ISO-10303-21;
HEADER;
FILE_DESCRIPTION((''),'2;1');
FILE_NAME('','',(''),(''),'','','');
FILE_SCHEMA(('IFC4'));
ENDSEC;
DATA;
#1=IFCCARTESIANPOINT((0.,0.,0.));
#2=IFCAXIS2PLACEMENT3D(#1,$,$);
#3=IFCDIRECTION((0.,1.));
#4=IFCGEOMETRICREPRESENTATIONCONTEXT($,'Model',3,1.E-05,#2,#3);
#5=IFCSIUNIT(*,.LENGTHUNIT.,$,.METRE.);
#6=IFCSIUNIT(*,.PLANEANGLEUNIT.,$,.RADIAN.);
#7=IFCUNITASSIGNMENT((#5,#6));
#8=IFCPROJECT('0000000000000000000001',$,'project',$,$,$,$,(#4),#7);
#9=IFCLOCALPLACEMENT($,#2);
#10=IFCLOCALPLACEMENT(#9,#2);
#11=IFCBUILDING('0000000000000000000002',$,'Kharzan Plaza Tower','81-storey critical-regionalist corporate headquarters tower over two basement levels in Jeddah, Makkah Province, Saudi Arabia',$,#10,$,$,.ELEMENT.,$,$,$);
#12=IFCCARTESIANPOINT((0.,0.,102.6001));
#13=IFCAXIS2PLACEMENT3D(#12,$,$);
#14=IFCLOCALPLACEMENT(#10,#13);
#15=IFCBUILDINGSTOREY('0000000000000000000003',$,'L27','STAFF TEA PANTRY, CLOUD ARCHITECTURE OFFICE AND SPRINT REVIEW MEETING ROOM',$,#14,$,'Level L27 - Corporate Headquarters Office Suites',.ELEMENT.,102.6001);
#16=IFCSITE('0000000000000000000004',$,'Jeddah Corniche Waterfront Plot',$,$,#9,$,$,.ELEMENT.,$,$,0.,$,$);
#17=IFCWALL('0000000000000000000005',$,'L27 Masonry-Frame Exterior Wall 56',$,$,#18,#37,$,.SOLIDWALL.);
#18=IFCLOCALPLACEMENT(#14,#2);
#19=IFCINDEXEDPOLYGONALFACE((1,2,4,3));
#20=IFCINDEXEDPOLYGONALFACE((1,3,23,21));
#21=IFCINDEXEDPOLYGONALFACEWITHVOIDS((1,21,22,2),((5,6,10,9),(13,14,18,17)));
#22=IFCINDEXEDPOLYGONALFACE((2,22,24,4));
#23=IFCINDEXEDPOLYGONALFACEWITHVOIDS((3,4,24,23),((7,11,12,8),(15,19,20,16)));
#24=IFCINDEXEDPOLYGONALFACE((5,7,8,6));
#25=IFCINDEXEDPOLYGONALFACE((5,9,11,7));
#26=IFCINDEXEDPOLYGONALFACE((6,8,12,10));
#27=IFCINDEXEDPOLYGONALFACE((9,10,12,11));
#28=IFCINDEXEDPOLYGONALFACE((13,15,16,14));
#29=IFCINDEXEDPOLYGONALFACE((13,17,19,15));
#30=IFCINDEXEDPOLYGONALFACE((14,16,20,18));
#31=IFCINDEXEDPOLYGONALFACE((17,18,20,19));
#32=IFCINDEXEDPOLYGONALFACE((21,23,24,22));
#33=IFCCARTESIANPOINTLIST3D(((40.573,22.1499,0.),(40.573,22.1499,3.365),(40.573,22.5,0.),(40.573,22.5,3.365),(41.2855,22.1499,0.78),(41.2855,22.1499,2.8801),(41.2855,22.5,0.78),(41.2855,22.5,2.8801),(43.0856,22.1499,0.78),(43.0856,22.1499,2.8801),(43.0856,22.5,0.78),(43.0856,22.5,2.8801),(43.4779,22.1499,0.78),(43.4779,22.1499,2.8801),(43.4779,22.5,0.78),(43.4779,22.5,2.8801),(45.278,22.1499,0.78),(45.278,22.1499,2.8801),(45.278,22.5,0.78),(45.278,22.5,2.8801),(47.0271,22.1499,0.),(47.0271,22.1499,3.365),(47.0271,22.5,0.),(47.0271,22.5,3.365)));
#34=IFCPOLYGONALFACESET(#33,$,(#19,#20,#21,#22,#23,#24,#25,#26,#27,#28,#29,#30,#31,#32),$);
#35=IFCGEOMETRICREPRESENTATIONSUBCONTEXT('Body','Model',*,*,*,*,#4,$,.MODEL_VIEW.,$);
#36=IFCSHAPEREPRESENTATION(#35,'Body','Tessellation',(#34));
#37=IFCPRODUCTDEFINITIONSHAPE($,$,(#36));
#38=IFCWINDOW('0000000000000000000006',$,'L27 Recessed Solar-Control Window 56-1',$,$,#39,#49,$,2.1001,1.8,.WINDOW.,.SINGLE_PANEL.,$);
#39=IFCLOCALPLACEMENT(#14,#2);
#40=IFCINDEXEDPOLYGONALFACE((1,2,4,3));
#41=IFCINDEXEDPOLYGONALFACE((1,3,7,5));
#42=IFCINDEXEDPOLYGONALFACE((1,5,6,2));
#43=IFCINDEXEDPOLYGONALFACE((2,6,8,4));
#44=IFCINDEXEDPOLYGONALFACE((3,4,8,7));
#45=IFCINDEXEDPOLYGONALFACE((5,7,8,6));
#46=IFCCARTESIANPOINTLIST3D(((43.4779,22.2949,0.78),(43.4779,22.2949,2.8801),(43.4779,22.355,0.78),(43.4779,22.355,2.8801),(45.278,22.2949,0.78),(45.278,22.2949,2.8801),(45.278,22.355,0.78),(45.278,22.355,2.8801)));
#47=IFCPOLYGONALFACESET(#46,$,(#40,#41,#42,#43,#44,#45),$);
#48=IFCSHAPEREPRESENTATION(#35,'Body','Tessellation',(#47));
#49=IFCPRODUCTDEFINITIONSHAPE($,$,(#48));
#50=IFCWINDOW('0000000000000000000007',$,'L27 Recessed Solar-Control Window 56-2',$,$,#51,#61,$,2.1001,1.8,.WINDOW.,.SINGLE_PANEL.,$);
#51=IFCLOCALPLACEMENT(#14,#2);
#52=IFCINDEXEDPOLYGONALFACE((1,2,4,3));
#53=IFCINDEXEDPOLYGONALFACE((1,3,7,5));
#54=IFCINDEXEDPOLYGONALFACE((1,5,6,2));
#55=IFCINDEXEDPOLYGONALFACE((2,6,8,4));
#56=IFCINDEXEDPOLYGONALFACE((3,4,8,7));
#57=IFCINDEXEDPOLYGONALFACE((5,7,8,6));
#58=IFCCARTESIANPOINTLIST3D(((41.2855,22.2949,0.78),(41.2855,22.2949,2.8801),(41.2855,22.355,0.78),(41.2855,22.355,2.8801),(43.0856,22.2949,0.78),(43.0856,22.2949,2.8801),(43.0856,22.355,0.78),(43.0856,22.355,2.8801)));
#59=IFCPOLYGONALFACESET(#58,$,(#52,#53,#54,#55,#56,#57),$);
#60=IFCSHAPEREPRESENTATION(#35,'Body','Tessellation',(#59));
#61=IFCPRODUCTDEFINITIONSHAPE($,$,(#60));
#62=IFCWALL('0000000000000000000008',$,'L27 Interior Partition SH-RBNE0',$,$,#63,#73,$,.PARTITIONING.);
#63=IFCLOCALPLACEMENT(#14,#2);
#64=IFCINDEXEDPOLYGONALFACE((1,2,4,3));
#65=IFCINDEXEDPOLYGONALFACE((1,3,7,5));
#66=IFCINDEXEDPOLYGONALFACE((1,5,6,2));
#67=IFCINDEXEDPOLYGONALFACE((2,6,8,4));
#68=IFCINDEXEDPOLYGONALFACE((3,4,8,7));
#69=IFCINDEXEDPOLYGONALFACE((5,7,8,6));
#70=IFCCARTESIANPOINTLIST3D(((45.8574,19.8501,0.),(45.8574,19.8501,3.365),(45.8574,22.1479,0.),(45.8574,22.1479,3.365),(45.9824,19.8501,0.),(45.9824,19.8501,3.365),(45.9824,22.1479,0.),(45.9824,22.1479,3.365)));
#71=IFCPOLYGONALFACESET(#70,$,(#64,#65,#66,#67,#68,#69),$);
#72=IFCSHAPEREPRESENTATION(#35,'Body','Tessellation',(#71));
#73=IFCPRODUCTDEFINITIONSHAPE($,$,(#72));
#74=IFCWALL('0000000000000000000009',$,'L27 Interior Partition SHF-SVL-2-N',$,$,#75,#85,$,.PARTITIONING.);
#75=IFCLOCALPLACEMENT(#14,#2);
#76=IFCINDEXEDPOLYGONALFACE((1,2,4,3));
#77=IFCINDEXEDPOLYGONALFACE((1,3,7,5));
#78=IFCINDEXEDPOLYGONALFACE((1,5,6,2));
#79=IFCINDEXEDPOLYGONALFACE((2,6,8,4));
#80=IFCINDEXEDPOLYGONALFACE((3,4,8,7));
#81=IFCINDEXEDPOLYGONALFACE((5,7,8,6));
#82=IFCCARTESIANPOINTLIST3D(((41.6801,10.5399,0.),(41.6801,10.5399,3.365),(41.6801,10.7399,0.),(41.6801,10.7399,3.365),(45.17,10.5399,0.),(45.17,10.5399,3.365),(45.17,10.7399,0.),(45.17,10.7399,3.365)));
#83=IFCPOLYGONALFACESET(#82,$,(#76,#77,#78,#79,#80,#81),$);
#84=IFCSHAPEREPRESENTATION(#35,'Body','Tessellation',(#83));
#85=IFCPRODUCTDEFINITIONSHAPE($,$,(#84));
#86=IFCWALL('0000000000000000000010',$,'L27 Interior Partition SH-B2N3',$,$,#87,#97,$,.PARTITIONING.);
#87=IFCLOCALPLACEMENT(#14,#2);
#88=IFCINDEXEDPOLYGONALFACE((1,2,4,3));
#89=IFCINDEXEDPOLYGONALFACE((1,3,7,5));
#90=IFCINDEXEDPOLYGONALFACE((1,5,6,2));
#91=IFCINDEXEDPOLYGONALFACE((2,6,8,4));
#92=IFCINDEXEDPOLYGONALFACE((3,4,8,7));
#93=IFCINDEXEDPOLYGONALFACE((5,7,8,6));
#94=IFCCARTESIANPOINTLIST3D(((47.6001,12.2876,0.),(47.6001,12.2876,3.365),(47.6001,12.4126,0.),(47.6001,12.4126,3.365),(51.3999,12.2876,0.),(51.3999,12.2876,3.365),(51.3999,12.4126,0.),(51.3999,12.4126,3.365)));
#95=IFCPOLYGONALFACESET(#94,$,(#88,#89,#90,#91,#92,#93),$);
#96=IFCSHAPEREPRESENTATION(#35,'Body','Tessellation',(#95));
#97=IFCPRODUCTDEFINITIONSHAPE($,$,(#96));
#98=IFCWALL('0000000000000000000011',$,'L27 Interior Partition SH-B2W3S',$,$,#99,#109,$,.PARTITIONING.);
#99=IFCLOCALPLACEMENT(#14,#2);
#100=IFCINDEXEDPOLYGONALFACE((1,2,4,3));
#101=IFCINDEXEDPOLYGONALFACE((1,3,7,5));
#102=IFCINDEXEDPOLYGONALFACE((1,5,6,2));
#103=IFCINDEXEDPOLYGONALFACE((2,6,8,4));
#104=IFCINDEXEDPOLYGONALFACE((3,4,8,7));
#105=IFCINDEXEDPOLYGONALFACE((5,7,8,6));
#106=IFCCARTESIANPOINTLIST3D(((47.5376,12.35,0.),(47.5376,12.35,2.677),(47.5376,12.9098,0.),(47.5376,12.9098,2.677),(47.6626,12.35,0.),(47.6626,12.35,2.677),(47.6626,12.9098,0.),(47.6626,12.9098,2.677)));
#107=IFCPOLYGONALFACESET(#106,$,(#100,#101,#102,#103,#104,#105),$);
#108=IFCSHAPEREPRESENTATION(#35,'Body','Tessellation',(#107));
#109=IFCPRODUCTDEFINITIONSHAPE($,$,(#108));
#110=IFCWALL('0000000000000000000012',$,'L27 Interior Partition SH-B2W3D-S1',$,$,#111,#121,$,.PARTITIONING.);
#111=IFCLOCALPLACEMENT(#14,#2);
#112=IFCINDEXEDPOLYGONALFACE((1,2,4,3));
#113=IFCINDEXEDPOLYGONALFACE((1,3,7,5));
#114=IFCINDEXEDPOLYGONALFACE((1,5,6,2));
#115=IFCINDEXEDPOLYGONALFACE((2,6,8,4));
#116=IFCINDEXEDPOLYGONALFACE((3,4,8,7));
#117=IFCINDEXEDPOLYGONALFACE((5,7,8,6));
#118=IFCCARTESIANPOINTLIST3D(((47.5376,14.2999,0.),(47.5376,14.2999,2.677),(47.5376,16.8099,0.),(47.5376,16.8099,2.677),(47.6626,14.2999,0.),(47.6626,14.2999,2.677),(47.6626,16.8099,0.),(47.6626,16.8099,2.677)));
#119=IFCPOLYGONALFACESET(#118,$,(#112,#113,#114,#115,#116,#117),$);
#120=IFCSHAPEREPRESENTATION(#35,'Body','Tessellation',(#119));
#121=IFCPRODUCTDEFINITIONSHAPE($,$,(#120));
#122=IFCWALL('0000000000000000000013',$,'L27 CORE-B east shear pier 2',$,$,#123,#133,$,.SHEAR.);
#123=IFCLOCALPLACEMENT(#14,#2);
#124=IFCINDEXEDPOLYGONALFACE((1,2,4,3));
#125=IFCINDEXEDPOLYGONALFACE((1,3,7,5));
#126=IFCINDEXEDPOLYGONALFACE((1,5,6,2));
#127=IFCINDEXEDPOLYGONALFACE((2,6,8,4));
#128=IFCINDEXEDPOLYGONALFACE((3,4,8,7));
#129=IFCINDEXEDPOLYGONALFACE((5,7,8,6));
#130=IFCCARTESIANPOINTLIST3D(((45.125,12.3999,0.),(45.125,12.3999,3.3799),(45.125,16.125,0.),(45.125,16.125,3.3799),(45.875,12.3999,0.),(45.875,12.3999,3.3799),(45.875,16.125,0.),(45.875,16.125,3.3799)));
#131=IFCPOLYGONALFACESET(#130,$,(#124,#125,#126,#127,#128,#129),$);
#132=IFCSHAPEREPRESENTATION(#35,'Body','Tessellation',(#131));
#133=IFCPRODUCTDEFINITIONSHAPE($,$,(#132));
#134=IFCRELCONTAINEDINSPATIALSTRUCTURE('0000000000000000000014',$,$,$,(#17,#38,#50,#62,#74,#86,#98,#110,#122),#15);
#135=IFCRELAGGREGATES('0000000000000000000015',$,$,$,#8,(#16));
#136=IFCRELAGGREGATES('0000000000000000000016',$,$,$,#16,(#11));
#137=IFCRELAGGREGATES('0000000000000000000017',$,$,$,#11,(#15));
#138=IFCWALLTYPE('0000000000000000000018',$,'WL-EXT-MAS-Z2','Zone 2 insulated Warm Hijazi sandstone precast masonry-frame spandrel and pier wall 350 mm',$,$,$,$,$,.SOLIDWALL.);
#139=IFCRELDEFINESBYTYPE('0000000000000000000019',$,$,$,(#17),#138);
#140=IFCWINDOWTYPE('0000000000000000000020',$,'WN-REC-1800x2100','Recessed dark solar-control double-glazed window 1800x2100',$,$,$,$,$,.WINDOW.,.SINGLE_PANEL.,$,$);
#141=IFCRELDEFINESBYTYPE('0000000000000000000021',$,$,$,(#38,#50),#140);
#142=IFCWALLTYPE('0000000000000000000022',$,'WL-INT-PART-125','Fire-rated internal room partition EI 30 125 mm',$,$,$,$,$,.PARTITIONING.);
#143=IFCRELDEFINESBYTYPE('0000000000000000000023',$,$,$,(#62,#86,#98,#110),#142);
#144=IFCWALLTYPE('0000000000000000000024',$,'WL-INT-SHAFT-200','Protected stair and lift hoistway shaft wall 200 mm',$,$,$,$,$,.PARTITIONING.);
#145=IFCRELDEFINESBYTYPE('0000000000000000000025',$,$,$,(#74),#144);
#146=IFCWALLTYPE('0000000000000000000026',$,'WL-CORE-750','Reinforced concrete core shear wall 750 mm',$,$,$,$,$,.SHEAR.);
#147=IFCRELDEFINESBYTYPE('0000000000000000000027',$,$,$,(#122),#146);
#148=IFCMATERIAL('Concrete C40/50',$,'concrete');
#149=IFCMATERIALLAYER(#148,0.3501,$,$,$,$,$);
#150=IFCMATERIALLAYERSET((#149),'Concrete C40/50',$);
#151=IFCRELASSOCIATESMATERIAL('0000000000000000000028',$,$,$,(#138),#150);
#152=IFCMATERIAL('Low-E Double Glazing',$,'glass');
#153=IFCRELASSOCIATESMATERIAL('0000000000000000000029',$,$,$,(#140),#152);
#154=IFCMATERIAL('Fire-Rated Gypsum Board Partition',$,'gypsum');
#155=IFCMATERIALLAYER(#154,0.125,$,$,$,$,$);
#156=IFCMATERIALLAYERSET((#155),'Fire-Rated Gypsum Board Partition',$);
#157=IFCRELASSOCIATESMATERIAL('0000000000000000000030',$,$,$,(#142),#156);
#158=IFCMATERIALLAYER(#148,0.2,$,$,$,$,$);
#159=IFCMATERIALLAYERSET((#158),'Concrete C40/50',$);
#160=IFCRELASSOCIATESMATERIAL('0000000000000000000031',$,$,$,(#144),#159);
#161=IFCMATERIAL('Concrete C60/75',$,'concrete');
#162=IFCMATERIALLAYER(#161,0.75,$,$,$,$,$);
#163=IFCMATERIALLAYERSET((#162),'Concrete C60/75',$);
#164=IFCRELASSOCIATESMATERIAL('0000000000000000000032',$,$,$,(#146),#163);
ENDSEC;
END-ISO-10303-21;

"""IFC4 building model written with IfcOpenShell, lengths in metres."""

from ifc_helpers import new_model, si_unit, direction, frame, frame_2d, origin, place, context, subcontext, project, spatial, rectangle, extrude, source, transform, mapped, material, layer, layer_set, type_object, element, fill, save


model = new_model("IFC4")

# Units and contexts
model_context = context("Model", 3, precision=1e-05, world=origin(), true_north=direction((0.0, 1.0)))
body_context = subcontext(model_context, "Body", "Model", "MODEL_VIEW")
ifc_project = project(units=[si_unit("LENGTHUNIT", "METRE"), si_unit("PLANEANGLEUNIT", "RADIAN")], contexts=[model_context])

# Site, building, storey
site_placement = place(None, origin())
site = spatial("IfcSite", under=ifc_project, at=site_placement, Name="Jeddah Corniche Waterfront Plot", CompositionType="ELEMENT", RefElevation=0.0)
building_placement = place(site_placement, origin())
building = spatial("IfcBuilding", under=site, at=building_placement, Name="Kharzan Plaza Tower", Description="81-storey critical-regionalist corporate headquarters tower over two basement levels in Jeddah, Makkah Province, Saudi Arabia", CompositionType="ELEMENT")
storey_placement = place(building_placement, frame((0.0, 0.0, 102.6001)))
storey = spatial("IfcBuildingStorey", under=building, at=storey_placement, Name="L27", Description="STAFF TEA PANTRY, CLOUD ARCHITECTURE OFFICE AND SPRINT REVIEW MEETING ROOM", LongName="Level L27 - Corporate Headquarters Office Suites", CompositionType="ELEMENT", Elevation=102.6001)

# Shared definitions
ifc_material_1 = material(Name="Concrete C60/75", Category="concrete")

# Wall, openings, windows
ifc_material_2 = material(Name="Concrete C40/50", Category="concrete")
ifc_layer_1 = layer(ifc_material_2, 0.3501)
ifc_layer_set_1 = layer_set([ifc_layer_1], Name="Concrete C40/50")
wall_type_1 = type_object("IfcWallType", Name="WL-EXT-MAS-Z2", Description="Zone 2 insulated Warm Hijazi sandstone precast masonry-frame spandrel and pier wall 350 mm", PredefinedType="SOLIDWALL", material=ifc_layer_set_1)
wall_1_placement = place(storey_placement, frame((47.0271, 22.325, 0.0), z_axis=(0.0, 0.0, 1.0), x_axis=(-1.0, 0.0, 0.0)))
wall_1 = element("IfcWall", 1, at=wall_1_placement, inside=storey, type_object=wall_type_1, Name="L27 Masonry-Frame Exterior Wall 56", PredefinedType="SOLIDWALL", context=body_context, shape_type="SweptSolid", body=[
    extrude(rectangle(XDim=6.4541, YDim=0.3501, at=frame_2d((3.2271, 0.0))), origin(), (0.0, 0.0, 1.0), 3.365),
])
opening_1_placement = place(wall_1_placement, frame((1.7493, 0.0, 0.78)))
opening_1 = element("IfcOpeningElement", 2, at=opening_1_placement, cuts=wall_1, PredefinedType="OPENING", context=body_context, shape_type="SweptSolid", body=[
    extrude(rectangle(XDim=1.8, YDim=2.1001, at=frame_2d((0.8999, 1.05))), frame((0.0, 0.1851, 0.0), z_axis=(0.0, -1.0, 0.0), x_axis=(1.0, 0.0, 0.0)), (0.0, 0.0, 1.0), 0.3701),
])
opening_2_placement = place(wall_1_placement, frame((3.9417, 0.0, 0.78)))
opening_2 = element("IfcOpeningElement", 3, at=opening_2_placement, cuts=wall_1, PredefinedType="OPENING", context=body_context, shape_type="SweptSolid", body=[
    extrude(rectangle(XDim=1.8, YDim=2.1001, at=frame_2d((0.8999, 1.05))), frame((0.0, 0.1851, 0.0), z_axis=(0.0, -1.0, 0.0), x_axis=(1.0, 0.0, 0.0)), (0.0, 0.0, 1.0), 0.3701),
])
ifc_material_3 = material(Name="Low-E Double Glazing", Category="glass")
window_type = type_object("IfcWindowType", Name="WN-REC-1800x2100", Description="Recessed dark solar-control double-glazed window 1800x2100", PartitioningType="SINGLE_PANEL", PredefinedType="WINDOW", material=ifc_material_3)
shared_shape_1 = source(origin(), body_context, "Body", "SweptSolid", [
    extrude(rectangle(XDim=1.8, YDim=2.1001, at=frame_2d((0.8999, 1.05))), frame((0.0, 0.03, 0.0), z_axis=(0.0, -1.0, 0.0), x_axis=(1.0, 0.0, 0.0)), (0.0, 0.0, 1.0), 0.0601),
])
window_1_placement = place(opening_1_placement, origin())
window_1 = element("IfcWindow", 4, at=window_1_placement, inside=storey, type_object=window_type, Name="L27 Recessed Solar-Control Window 56-1", OverallHeight=2.1001, OverallWidth=1.8, PartitioningType="SINGLE_PANEL", PredefinedType="WINDOW", context=body_context, shape_type="MappedRepresentation", body=[
    mapped(shared_shape_1, transform((0.0, 0.0, 0.0), x_axis=(1.0, 0.0, 0.0), y_axis=(0.0, 1.0, 0.0), z_axis=(0.0, 0.0, 1.0))),
])
fill(opening_1, window_1)
window_2_placement = place(opening_2_placement, origin())
window_2 = element("IfcWindow", 5, at=window_2_placement, inside=storey, type_object=window_type, Name="L27 Recessed Solar-Control Window 56-2", OverallHeight=2.1001, OverallWidth=1.8, PartitioningType="SINGLE_PANEL", PredefinedType="WINDOW", context=body_context, shape_type="MappedRepresentation", body=[
    mapped(shared_shape_1, transform((0.0, 0.0, 0.0), x_axis=(1.0, 0.0, 0.0), y_axis=(0.0, 1.0, 0.0), z_axis=(0.0, 0.0, 1.0))),
])
fill(opening_2, window_2)

# Shared definitions
ifc_material_4 = material(Name="Fire-Rated Gypsum Board Partition", Category="gypsum")
ifc_layer_2 = layer(ifc_material_4, 0.125)
ifc_layer_set_2 = layer_set([ifc_layer_2], Name="Fire-Rated Gypsum Board Partition")
wall_type_2 = type_object("IfcWallType", Name="WL-INT-PART-125", Description="Fire-rated internal room partition EI 30 125 mm", PredefinedType="PARTITIONING", material=ifc_layer_set_2)

# Walls
shared_shape_2 = source(origin(), body_context, "Body", "SweptSolid", [
    extrude(rectangle(XDim=2.2979, YDim=0.125, at=frame_2d((1.1489, 0.0))), origin(), (0.0, 0.0, 1.0), 3.365),
])
wall_2_placement = place(storey_placement, frame((45.9199, 19.8501, 0.0), z_axis=(0.0, 0.0, 1.0), x_axis=(0.0, 1.0, 0.0)))
element("IfcWall", 6, at=wall_2_placement, inside=storey, type_object=wall_type_2, Name="L27 Interior Partition SH-RBNE0", PredefinedType="PARTITIONING", context=body_context, shape_type="MappedRepresentation", body=[
    mapped(shared_shape_2, transform((0.0, 0.0, 0.0), x_axis=(1.0, 0.0, 0.0), y_axis=(0.0, 1.0, 0.0), z_axis=(0.0, 0.0, 1.0))),
])
ifc_layer_3 = layer(ifc_material_2, 0.2)
ifc_layer_set_3 = layer_set([ifc_layer_3], Name="Concrete C40/50")
wall_type_3 = type_object("IfcWallType", Name="WL-INT-SHAFT-200", Description="Protected stair and lift hoistway shaft wall 200 mm", PredefinedType="PARTITIONING", material=ifc_layer_set_3)
shared_shape_3 = source(origin(), body_context, "Body", "SweptSolid", [
    extrude(rectangle(XDim=3.49, YDim=0.2, at=frame_2d((1.7451, 0.0))), origin(), (0.0, 0.0, 1.0), 3.365),
])
wall_3_placement = place(storey_placement, frame((41.6799, 10.6399, 0.0), z_axis=(0.0, 0.0, 1.0), x_axis=(1.0, 0.0, 0.0)))
element("IfcWall", 7, at=wall_3_placement, inside=storey, type_object=wall_type_3, Name="L27 Interior Partition SHF-SVL-2-N", PredefinedType="PARTITIONING", context=body_context, shape_type="MappedRepresentation", body=[
    mapped(shared_shape_3, transform((0.0, 0.0, 0.0), x_axis=(1.0, 0.0, 0.0), y_axis=(0.0, 1.0, 0.0), z_axis=(0.0, 0.0, 1.0))),
])
shared_shape_4 = source(origin(), body_context, "Body", "SweptSolid", [
    extrude(rectangle(XDim=3.7998, YDim=0.125, at=frame_2d((1.8999, 0.0))), origin(), (0.0, 0.0, 1.0), 3.365),
])
wall_4_placement = place(storey_placement, frame((47.6001, 12.3501, 0.0), z_axis=(0.0, 0.0, 1.0), x_axis=(1.0, 0.0, 0.0)))
element("IfcWall", 8, at=wall_4_placement, inside=storey, type_object=wall_type_2, Name="L27 Interior Partition SH-B2N3", PredefinedType="PARTITIONING", context=body_context, shape_type="MappedRepresentation", body=[
    mapped(shared_shape_4, transform((0.0, 0.0, 0.0), x_axis=(1.0, 0.0, 0.0), y_axis=(0.0, 1.0, 0.0), z_axis=(0.0, 0.0, 1.0))),
])
shared_shape_5 = source(origin(), body_context, "Body", "SweptSolid", [
    extrude(rectangle(XDim=0.5598, YDim=0.125, at=frame_2d((0.2798, 0.0))), origin(), (0.0, 0.0, 1.0), 2.677),
])
wall_5_placement = place(storey_placement, frame((47.6001, 12.3501, 0.0), z_axis=(0.0, 0.0, 1.0), x_axis=(0.0, 1.0, 0.0)))
element("IfcWall", 9, at=wall_5_placement, inside=storey, type_object=wall_type_2, Name="L27 Interior Partition SH-B2W3S", PredefinedType="PARTITIONING", context=body_context, shape_type="MappedRepresentation", body=[
    mapped(shared_shape_5, transform((0.0, 0.0, 0.0), x_axis=(1.0, 0.0, 0.0), y_axis=(0.0, 1.0, 0.0), z_axis=(0.0, 0.0, 1.0))),
])
shared_shape_6 = source(origin(), body_context, "Body", "SweptSolid", [
    extrude(rectangle(XDim=2.51, YDim=0.125, at=frame_2d((1.2549, 0.0))), origin(), (0.0, 0.0, 1.0), 2.677),
])
wall_6_placement = place(storey_placement, frame((47.6001, 14.3, 0.0), z_axis=(0.0, 0.0, 1.0), x_axis=(0.0, 1.0, 0.0)))
element("IfcWall", 10, at=wall_6_placement, inside=storey, type_object=wall_type_2, Name="L27 Interior Partition SH-B2W3D-S1", PredefinedType="PARTITIONING", context=body_context, shape_type="MappedRepresentation", body=[
    mapped(shared_shape_6, transform((0.0, 0.0, 0.0), x_axis=(1.0, 0.0, 0.0), y_axis=(0.0, 1.0, 0.0), z_axis=(0.0, 0.0, 1.0))),
])
ifc_layer_4 = layer(ifc_material_1, 0.75)
ifc_layer_set_4 = layer_set([ifc_layer_4], Name="Concrete C60/75")
wall_type_4 = type_object("IfcWallType", Name="WL-CORE-750", Description="Reinforced concrete core shear wall 750 mm", PredefinedType="SHEAR", material=ifc_layer_set_4)
shared_shape_7 = source(origin(), body_context, "Body", "SweptSolid", [
    extrude(rectangle(XDim=3.7251, YDim=0.75, at=frame_2d((1.8625, 0.0))), origin(), (0.0, 0.0, 1.0), 3.3799),
])
wall_7_placement = place(storey_placement, frame((45.5, 12.3999, 0.0), z_axis=(0.0, 0.0, 1.0), x_axis=(0.0, 1.0, 0.0)))
element("IfcWall", 11, at=wall_7_placement, inside=storey, type_object=wall_type_4, Name="L27 CORE-B east shear pier 2", PredefinedType="SHEAR", context=body_context, shape_type="MappedRepresentation", body=[
    mapped(shared_shape_7, transform((0.0, 0.0, 0.0), x_axis=(1.0, 0.0, 0.0), y_axis=(0.0, 1.0, 0.0), z_axis=(0.0, 0.0, 1.0))),
])

save(model, "model.ifc")
